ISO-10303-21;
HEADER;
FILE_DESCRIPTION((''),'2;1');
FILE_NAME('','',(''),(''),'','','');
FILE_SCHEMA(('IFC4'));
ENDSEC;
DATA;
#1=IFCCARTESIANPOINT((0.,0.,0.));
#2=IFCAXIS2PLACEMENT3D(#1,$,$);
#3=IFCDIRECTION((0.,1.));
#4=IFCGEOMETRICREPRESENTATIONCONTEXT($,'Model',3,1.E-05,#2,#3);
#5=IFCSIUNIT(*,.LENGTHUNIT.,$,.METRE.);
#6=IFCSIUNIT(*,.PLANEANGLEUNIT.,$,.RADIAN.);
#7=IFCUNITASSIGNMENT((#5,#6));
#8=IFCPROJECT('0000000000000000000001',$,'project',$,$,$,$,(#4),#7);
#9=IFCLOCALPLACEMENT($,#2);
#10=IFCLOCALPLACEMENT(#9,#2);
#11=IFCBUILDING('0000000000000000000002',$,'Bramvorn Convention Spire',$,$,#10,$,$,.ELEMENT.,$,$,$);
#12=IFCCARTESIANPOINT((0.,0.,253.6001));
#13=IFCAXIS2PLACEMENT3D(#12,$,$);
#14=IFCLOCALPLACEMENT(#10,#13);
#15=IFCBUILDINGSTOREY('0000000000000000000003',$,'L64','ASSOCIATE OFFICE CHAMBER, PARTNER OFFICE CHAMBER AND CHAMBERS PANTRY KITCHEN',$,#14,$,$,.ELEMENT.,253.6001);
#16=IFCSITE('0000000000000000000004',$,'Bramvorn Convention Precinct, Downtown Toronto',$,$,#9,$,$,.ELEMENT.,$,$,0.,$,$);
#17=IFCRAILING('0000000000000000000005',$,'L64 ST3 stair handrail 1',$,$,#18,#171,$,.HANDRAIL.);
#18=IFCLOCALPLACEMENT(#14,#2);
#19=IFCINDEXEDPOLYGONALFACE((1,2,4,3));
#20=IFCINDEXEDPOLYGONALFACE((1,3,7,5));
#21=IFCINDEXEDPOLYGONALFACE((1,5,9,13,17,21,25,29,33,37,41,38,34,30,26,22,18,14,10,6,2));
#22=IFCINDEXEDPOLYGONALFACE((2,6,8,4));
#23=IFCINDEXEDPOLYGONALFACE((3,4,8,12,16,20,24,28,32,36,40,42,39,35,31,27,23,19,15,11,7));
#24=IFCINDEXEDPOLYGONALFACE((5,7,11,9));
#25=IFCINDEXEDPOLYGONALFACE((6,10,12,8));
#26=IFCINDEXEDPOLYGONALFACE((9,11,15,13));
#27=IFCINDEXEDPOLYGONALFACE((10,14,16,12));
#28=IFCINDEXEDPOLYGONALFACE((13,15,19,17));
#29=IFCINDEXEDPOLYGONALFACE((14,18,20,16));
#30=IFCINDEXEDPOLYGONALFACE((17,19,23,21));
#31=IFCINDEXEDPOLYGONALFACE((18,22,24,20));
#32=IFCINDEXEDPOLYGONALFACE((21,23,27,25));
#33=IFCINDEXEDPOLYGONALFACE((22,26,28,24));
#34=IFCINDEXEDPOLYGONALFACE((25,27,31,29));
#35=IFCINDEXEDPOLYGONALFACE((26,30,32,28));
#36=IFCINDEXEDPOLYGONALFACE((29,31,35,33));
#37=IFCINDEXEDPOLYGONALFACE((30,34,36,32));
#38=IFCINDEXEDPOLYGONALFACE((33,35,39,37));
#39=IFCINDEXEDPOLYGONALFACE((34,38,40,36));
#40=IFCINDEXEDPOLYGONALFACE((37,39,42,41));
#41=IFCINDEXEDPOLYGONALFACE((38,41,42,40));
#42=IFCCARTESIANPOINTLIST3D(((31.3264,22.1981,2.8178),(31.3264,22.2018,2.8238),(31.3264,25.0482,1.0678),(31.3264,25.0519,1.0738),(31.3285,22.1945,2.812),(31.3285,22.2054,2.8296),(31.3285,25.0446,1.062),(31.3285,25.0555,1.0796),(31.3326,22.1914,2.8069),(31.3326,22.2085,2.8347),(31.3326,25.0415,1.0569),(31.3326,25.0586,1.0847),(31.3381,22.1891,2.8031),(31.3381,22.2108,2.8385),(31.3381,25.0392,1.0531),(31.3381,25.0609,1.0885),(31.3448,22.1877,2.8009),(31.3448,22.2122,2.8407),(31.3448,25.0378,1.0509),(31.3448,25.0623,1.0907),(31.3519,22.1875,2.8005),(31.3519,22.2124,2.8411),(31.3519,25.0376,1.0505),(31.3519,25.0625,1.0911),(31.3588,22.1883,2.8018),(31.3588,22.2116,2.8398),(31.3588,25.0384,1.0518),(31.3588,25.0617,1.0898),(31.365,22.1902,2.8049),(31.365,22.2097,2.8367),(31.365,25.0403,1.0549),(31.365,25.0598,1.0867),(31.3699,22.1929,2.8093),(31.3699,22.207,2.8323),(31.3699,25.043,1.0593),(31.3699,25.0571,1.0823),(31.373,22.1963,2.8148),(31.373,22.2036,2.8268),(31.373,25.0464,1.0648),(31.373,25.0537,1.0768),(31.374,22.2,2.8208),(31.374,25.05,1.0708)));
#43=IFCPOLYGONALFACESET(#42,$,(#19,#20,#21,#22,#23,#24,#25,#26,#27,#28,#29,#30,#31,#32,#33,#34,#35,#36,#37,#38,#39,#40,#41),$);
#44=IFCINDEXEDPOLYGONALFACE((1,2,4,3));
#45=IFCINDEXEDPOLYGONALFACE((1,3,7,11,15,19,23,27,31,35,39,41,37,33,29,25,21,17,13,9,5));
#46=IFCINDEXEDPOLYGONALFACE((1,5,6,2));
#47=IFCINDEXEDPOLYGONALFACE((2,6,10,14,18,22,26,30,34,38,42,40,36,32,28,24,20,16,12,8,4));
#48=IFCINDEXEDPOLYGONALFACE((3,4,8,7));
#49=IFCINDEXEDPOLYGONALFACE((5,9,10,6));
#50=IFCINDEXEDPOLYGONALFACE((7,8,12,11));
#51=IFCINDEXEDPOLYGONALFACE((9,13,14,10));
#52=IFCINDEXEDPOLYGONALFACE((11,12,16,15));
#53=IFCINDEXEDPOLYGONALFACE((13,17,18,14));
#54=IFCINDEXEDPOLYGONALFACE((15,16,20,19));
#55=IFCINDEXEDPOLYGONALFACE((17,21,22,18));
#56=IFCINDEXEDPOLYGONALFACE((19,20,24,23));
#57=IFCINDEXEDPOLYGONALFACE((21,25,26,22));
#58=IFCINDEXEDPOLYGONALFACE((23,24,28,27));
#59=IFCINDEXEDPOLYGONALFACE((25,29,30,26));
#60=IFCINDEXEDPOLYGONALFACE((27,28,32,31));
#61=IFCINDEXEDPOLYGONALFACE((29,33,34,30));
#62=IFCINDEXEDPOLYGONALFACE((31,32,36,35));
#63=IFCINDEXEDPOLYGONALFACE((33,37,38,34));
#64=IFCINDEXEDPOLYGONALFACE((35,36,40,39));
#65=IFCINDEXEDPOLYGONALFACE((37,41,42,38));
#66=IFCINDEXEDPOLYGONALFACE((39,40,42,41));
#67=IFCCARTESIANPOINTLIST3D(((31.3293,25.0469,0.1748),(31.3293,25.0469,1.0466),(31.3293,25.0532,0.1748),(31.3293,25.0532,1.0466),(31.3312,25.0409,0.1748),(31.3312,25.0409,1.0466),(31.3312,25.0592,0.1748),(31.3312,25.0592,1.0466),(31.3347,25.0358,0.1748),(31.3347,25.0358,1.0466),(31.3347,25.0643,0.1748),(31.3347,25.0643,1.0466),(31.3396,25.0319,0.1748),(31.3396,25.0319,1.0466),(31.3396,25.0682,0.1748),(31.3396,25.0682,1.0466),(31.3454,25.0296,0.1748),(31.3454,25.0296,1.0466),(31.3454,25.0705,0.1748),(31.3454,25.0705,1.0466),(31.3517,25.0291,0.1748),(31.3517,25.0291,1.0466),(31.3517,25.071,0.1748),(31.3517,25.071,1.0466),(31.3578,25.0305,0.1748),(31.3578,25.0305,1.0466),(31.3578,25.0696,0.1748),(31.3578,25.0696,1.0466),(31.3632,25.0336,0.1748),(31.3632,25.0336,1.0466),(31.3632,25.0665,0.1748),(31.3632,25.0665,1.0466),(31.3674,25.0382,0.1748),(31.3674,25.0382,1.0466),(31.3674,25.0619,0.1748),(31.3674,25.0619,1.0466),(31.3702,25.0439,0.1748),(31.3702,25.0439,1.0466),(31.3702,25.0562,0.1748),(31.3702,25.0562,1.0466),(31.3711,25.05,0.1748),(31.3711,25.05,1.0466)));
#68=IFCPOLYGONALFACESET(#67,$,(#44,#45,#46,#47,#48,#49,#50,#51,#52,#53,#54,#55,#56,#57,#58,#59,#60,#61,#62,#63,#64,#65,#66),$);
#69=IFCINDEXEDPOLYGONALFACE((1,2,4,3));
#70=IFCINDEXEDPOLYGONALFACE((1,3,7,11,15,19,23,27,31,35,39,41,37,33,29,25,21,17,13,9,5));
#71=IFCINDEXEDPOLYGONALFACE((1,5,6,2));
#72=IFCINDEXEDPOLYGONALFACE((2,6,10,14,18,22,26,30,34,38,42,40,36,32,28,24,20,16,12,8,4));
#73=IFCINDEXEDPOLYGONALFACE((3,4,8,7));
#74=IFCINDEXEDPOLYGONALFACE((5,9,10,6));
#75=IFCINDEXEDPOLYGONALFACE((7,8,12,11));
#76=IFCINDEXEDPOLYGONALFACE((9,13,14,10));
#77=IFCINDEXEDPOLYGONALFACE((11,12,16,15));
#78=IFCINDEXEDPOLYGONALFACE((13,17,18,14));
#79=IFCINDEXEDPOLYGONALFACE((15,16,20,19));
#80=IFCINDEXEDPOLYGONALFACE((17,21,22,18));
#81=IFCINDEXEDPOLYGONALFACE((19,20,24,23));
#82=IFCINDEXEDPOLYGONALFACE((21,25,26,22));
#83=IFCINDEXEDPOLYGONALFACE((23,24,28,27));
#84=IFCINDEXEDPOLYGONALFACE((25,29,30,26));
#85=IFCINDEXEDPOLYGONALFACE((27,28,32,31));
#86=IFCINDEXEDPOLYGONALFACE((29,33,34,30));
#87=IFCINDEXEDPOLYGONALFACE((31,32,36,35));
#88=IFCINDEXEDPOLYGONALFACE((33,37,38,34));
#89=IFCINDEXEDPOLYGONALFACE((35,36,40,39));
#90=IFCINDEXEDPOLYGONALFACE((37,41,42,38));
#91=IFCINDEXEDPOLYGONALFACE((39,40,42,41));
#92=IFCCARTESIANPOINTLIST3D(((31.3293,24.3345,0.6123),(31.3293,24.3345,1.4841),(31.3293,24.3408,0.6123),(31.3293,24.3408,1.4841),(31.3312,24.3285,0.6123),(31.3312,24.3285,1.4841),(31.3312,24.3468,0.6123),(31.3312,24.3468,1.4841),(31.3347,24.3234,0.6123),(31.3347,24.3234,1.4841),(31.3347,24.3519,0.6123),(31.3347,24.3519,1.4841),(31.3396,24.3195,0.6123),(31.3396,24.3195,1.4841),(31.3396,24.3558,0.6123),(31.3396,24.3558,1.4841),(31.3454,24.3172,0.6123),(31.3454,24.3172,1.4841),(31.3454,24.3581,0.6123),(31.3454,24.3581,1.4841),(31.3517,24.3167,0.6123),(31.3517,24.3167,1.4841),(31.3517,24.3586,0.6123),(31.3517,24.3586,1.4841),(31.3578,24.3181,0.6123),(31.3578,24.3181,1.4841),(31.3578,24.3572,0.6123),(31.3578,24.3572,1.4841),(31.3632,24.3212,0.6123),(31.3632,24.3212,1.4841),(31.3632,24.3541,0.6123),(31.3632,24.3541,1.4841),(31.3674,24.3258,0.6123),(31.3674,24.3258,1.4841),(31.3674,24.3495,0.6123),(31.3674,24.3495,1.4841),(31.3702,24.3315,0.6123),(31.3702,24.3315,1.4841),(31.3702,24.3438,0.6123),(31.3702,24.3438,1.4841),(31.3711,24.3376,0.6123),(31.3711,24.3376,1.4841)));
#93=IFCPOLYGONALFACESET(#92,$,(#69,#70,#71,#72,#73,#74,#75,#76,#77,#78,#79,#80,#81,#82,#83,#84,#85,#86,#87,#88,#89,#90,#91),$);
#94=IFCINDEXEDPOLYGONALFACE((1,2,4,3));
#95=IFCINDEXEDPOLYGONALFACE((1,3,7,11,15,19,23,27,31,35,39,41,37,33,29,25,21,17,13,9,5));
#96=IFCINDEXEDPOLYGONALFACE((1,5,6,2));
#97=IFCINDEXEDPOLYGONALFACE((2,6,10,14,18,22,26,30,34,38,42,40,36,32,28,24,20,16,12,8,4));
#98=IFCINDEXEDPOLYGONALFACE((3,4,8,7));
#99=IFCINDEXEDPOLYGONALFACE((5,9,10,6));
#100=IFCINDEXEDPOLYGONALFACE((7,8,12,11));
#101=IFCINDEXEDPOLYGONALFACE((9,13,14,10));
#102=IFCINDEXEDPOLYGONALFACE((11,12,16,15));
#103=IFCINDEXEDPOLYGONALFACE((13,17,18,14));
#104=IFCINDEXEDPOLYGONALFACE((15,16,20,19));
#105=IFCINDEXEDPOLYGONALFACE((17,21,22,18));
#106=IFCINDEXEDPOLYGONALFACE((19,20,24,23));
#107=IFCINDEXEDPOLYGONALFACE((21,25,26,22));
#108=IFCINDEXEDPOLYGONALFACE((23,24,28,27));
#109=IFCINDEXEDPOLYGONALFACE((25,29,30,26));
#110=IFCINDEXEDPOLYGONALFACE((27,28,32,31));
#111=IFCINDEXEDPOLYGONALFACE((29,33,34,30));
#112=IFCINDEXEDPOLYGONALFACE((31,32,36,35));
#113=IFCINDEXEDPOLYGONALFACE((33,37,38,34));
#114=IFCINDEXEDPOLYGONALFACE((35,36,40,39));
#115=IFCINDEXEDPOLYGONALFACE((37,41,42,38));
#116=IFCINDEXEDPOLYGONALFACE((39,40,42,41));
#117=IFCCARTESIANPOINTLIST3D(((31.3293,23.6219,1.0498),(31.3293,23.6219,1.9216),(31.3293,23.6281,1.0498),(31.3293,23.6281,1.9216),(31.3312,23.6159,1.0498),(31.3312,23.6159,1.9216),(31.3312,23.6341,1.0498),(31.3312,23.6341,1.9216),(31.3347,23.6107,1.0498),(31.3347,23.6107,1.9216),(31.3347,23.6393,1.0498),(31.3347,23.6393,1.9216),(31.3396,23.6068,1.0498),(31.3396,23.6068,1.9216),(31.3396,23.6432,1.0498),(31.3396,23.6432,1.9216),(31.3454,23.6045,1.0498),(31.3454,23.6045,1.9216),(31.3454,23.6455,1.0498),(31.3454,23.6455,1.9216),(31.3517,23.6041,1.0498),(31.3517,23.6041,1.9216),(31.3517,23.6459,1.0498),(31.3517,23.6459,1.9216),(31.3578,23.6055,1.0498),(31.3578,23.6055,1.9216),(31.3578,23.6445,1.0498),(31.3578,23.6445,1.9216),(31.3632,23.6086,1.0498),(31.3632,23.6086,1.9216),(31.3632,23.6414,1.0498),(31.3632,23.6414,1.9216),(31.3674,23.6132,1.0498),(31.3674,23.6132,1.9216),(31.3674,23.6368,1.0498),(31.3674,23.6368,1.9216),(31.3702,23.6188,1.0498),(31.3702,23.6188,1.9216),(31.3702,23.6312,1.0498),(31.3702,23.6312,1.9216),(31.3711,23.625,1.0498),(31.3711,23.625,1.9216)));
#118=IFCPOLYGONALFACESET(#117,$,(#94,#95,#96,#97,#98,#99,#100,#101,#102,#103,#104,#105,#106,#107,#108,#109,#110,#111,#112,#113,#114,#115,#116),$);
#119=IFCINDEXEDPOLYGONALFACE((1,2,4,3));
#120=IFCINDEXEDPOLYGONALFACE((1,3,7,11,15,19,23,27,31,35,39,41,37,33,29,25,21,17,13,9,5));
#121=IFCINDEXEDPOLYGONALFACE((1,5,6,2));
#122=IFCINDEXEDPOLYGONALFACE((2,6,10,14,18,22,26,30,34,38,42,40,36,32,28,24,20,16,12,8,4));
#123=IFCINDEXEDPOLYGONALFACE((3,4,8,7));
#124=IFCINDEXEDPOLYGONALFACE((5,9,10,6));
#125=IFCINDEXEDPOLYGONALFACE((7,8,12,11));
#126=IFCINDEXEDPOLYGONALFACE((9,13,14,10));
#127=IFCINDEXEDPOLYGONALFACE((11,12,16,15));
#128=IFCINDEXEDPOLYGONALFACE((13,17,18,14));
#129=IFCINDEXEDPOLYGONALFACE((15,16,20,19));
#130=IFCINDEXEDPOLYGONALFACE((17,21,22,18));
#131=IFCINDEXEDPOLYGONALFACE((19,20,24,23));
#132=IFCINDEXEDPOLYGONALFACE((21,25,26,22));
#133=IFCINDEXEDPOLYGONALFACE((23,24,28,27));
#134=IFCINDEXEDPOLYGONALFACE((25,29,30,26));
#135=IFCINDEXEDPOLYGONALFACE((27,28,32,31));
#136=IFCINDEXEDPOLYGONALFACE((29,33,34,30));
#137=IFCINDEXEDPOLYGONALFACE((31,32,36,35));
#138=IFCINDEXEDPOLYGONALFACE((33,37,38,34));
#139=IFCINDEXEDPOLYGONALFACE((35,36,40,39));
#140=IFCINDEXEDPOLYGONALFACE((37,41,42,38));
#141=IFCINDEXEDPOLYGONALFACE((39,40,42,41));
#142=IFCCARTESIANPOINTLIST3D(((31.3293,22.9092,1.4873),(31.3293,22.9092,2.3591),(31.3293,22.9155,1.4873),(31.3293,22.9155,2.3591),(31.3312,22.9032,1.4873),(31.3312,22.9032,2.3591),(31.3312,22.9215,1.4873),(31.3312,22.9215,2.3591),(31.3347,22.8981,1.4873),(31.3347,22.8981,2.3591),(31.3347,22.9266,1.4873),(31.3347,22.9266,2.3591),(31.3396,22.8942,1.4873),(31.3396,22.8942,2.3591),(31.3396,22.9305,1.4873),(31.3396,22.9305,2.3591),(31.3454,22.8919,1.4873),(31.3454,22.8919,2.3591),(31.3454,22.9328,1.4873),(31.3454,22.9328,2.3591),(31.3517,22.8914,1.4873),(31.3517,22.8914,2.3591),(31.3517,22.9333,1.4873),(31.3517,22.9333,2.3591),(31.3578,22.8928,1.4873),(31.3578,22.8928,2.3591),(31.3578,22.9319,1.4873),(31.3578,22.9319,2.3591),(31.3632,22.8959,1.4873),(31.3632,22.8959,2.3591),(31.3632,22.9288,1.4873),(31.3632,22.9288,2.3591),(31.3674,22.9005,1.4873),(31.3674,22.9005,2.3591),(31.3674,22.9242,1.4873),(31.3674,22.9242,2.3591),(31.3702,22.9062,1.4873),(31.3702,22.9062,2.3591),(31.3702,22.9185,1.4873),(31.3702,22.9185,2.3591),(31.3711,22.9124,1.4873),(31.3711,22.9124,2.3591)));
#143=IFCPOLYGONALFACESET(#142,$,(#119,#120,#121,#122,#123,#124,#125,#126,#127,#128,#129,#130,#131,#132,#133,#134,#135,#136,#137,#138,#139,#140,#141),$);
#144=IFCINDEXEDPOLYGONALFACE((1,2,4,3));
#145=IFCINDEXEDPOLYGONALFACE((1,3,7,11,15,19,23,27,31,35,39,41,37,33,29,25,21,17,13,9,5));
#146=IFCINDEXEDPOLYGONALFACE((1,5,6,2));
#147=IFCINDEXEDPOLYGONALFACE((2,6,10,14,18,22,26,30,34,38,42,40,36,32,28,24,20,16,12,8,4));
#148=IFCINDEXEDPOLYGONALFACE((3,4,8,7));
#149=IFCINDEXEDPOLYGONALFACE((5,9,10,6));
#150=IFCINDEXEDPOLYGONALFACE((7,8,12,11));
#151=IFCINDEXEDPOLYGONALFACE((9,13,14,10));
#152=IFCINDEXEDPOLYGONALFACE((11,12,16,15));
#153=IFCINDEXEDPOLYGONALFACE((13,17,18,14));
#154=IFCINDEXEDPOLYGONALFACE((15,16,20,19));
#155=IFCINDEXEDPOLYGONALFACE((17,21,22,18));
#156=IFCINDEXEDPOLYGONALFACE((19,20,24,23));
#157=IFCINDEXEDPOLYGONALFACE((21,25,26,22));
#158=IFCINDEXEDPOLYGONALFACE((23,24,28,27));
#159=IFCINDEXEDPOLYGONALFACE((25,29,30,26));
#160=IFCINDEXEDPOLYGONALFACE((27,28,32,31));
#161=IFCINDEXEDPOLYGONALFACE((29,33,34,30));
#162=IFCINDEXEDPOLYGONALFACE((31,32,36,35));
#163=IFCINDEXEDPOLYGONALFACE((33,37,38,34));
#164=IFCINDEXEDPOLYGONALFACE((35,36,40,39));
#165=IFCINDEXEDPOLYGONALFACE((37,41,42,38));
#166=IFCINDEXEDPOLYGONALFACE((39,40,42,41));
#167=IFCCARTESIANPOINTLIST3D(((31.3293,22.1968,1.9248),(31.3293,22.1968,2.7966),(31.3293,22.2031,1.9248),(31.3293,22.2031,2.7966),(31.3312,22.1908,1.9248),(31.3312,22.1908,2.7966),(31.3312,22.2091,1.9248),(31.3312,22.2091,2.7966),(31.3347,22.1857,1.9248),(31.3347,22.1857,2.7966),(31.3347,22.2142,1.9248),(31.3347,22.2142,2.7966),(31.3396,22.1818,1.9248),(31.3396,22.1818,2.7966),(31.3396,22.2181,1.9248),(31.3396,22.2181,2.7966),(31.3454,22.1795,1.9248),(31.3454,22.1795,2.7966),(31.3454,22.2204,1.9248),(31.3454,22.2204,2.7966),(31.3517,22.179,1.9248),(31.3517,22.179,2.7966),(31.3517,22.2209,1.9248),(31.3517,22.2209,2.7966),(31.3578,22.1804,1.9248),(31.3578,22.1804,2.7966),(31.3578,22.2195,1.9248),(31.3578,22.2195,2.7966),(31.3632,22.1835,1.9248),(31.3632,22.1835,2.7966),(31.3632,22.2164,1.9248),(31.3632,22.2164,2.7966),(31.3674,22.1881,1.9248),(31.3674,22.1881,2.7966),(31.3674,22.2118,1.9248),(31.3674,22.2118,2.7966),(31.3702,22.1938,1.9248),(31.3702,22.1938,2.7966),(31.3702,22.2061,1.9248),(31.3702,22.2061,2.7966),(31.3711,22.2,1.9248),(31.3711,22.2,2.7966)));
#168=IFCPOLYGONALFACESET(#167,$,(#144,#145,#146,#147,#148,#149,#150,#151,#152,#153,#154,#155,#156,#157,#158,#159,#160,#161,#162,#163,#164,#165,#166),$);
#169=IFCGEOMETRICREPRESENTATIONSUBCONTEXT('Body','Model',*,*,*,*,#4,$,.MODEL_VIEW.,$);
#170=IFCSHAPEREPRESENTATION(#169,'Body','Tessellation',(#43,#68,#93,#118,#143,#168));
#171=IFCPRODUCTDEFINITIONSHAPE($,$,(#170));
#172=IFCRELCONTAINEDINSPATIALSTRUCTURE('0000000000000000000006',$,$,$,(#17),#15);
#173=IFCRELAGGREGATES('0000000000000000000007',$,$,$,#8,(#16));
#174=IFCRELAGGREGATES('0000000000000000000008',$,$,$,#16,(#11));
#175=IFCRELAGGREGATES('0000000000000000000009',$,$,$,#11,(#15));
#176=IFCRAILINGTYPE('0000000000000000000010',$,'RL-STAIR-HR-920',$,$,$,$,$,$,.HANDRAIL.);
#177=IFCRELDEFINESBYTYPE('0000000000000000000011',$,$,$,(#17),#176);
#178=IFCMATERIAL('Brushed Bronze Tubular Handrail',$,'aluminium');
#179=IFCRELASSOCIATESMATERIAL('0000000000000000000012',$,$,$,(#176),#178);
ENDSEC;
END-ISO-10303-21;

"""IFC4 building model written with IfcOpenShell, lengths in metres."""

from ifc_helpers import new_model, si_unit, direction, frame, origin, origin_2d, place, context, subcontext, project, spatial, circle, extrude, material, type_object, element, save


model = new_model("IFC4")

# Units and contexts
model_context = context("Model", 3, precision=1e-05, world=origin(), true_north=direction((0.0, 1.0)))
body_context = subcontext(model_context, "Body", "Model", "MODEL_VIEW")
ifc_project = project(units=[si_unit("LENGTHUNIT", "METRE"), si_unit("PLANEANGLEUNIT", "RADIAN")], contexts=[model_context])

# Site, building, storey
site_placement = place(None, origin())
site = spatial("IfcSite", under=ifc_project, at=site_placement, Name="Bramvorn Convention Precinct, Downtown Toronto", CompositionType="ELEMENT", RefElevation=0.0)
building_placement = place(site_placement, origin())
building = spatial("IfcBuilding", under=site, at=building_placement, Name="Bramvorn Convention Spire", CompositionType="ELEMENT")
storey_placement = place(building_placement, frame((0.0, 0.0, 253.6001)))
storey = spatial("IfcBuildingStorey", under=building, at=storey_placement, Name="L64", Description="ASSOCIATE OFFICE CHAMBER, PARTNER OFFICE CHAMBER AND CHAMBERS PANTRY KITCHEN", CompositionType="ELEMENT", Elevation=253.6001)

# Railing
ifc_material_1 = material(Name="Brushed Bronze Tubular Handrail", Category="aluminium")
railing_type_1 = type_object("IfcRailingType", Name="RL-STAIR-HR-920", PredefinedType="HANDRAIL", material=ifc_material_1)
railing_1_placement = place(storey_placement, frame((31.3501, 25.05, 0.1748)))
element("IfcRailing", 1, at=railing_1_placement, inside=storey, type_object=railing_type_1, Name="L64 ST3 stair handrail 1", PredefinedType="HANDRAIL", context=body_context, shape_type="SweptSolid", body=[
    extrude(circle(Radius=0.0239, at=origin_2d()), frame((0.0, 0.0, 0.896), z_axis=(0.0, -0.852179, 0.52325), x_axis=(1.0, 0.0, 0.0)), (0.0, 0.0, 1.0), 3.3445),
    extrude(circle(Radius=0.021, at=origin_2d()), origin(), (0.0, 0.0, 1.0), 0.8718),
    extrude(circle(Radius=0.021, at=origin_2d()), frame((0.0, -0.7124, 0.4375)), (0.0, 0.0, 1.0), 0.8718),
    extrude(circle(Radius=0.021, at=origin_2d()), frame((0.0, -1.425, 0.875)), (0.0, 0.0, 1.0), 0.8718),
    extrude(circle(Radius=0.021, at=origin_2d()), frame((0.0, -2.1377, 1.3125)), (0.0, 0.0, 1.0), 0.8718),
    extrude(circle(Radius=0.021, at=origin_2d()), frame((0.0, -2.8501, 1.75)), (0.0, 0.0, 1.0), 0.8718),
])

save(model, "model.ifc")
